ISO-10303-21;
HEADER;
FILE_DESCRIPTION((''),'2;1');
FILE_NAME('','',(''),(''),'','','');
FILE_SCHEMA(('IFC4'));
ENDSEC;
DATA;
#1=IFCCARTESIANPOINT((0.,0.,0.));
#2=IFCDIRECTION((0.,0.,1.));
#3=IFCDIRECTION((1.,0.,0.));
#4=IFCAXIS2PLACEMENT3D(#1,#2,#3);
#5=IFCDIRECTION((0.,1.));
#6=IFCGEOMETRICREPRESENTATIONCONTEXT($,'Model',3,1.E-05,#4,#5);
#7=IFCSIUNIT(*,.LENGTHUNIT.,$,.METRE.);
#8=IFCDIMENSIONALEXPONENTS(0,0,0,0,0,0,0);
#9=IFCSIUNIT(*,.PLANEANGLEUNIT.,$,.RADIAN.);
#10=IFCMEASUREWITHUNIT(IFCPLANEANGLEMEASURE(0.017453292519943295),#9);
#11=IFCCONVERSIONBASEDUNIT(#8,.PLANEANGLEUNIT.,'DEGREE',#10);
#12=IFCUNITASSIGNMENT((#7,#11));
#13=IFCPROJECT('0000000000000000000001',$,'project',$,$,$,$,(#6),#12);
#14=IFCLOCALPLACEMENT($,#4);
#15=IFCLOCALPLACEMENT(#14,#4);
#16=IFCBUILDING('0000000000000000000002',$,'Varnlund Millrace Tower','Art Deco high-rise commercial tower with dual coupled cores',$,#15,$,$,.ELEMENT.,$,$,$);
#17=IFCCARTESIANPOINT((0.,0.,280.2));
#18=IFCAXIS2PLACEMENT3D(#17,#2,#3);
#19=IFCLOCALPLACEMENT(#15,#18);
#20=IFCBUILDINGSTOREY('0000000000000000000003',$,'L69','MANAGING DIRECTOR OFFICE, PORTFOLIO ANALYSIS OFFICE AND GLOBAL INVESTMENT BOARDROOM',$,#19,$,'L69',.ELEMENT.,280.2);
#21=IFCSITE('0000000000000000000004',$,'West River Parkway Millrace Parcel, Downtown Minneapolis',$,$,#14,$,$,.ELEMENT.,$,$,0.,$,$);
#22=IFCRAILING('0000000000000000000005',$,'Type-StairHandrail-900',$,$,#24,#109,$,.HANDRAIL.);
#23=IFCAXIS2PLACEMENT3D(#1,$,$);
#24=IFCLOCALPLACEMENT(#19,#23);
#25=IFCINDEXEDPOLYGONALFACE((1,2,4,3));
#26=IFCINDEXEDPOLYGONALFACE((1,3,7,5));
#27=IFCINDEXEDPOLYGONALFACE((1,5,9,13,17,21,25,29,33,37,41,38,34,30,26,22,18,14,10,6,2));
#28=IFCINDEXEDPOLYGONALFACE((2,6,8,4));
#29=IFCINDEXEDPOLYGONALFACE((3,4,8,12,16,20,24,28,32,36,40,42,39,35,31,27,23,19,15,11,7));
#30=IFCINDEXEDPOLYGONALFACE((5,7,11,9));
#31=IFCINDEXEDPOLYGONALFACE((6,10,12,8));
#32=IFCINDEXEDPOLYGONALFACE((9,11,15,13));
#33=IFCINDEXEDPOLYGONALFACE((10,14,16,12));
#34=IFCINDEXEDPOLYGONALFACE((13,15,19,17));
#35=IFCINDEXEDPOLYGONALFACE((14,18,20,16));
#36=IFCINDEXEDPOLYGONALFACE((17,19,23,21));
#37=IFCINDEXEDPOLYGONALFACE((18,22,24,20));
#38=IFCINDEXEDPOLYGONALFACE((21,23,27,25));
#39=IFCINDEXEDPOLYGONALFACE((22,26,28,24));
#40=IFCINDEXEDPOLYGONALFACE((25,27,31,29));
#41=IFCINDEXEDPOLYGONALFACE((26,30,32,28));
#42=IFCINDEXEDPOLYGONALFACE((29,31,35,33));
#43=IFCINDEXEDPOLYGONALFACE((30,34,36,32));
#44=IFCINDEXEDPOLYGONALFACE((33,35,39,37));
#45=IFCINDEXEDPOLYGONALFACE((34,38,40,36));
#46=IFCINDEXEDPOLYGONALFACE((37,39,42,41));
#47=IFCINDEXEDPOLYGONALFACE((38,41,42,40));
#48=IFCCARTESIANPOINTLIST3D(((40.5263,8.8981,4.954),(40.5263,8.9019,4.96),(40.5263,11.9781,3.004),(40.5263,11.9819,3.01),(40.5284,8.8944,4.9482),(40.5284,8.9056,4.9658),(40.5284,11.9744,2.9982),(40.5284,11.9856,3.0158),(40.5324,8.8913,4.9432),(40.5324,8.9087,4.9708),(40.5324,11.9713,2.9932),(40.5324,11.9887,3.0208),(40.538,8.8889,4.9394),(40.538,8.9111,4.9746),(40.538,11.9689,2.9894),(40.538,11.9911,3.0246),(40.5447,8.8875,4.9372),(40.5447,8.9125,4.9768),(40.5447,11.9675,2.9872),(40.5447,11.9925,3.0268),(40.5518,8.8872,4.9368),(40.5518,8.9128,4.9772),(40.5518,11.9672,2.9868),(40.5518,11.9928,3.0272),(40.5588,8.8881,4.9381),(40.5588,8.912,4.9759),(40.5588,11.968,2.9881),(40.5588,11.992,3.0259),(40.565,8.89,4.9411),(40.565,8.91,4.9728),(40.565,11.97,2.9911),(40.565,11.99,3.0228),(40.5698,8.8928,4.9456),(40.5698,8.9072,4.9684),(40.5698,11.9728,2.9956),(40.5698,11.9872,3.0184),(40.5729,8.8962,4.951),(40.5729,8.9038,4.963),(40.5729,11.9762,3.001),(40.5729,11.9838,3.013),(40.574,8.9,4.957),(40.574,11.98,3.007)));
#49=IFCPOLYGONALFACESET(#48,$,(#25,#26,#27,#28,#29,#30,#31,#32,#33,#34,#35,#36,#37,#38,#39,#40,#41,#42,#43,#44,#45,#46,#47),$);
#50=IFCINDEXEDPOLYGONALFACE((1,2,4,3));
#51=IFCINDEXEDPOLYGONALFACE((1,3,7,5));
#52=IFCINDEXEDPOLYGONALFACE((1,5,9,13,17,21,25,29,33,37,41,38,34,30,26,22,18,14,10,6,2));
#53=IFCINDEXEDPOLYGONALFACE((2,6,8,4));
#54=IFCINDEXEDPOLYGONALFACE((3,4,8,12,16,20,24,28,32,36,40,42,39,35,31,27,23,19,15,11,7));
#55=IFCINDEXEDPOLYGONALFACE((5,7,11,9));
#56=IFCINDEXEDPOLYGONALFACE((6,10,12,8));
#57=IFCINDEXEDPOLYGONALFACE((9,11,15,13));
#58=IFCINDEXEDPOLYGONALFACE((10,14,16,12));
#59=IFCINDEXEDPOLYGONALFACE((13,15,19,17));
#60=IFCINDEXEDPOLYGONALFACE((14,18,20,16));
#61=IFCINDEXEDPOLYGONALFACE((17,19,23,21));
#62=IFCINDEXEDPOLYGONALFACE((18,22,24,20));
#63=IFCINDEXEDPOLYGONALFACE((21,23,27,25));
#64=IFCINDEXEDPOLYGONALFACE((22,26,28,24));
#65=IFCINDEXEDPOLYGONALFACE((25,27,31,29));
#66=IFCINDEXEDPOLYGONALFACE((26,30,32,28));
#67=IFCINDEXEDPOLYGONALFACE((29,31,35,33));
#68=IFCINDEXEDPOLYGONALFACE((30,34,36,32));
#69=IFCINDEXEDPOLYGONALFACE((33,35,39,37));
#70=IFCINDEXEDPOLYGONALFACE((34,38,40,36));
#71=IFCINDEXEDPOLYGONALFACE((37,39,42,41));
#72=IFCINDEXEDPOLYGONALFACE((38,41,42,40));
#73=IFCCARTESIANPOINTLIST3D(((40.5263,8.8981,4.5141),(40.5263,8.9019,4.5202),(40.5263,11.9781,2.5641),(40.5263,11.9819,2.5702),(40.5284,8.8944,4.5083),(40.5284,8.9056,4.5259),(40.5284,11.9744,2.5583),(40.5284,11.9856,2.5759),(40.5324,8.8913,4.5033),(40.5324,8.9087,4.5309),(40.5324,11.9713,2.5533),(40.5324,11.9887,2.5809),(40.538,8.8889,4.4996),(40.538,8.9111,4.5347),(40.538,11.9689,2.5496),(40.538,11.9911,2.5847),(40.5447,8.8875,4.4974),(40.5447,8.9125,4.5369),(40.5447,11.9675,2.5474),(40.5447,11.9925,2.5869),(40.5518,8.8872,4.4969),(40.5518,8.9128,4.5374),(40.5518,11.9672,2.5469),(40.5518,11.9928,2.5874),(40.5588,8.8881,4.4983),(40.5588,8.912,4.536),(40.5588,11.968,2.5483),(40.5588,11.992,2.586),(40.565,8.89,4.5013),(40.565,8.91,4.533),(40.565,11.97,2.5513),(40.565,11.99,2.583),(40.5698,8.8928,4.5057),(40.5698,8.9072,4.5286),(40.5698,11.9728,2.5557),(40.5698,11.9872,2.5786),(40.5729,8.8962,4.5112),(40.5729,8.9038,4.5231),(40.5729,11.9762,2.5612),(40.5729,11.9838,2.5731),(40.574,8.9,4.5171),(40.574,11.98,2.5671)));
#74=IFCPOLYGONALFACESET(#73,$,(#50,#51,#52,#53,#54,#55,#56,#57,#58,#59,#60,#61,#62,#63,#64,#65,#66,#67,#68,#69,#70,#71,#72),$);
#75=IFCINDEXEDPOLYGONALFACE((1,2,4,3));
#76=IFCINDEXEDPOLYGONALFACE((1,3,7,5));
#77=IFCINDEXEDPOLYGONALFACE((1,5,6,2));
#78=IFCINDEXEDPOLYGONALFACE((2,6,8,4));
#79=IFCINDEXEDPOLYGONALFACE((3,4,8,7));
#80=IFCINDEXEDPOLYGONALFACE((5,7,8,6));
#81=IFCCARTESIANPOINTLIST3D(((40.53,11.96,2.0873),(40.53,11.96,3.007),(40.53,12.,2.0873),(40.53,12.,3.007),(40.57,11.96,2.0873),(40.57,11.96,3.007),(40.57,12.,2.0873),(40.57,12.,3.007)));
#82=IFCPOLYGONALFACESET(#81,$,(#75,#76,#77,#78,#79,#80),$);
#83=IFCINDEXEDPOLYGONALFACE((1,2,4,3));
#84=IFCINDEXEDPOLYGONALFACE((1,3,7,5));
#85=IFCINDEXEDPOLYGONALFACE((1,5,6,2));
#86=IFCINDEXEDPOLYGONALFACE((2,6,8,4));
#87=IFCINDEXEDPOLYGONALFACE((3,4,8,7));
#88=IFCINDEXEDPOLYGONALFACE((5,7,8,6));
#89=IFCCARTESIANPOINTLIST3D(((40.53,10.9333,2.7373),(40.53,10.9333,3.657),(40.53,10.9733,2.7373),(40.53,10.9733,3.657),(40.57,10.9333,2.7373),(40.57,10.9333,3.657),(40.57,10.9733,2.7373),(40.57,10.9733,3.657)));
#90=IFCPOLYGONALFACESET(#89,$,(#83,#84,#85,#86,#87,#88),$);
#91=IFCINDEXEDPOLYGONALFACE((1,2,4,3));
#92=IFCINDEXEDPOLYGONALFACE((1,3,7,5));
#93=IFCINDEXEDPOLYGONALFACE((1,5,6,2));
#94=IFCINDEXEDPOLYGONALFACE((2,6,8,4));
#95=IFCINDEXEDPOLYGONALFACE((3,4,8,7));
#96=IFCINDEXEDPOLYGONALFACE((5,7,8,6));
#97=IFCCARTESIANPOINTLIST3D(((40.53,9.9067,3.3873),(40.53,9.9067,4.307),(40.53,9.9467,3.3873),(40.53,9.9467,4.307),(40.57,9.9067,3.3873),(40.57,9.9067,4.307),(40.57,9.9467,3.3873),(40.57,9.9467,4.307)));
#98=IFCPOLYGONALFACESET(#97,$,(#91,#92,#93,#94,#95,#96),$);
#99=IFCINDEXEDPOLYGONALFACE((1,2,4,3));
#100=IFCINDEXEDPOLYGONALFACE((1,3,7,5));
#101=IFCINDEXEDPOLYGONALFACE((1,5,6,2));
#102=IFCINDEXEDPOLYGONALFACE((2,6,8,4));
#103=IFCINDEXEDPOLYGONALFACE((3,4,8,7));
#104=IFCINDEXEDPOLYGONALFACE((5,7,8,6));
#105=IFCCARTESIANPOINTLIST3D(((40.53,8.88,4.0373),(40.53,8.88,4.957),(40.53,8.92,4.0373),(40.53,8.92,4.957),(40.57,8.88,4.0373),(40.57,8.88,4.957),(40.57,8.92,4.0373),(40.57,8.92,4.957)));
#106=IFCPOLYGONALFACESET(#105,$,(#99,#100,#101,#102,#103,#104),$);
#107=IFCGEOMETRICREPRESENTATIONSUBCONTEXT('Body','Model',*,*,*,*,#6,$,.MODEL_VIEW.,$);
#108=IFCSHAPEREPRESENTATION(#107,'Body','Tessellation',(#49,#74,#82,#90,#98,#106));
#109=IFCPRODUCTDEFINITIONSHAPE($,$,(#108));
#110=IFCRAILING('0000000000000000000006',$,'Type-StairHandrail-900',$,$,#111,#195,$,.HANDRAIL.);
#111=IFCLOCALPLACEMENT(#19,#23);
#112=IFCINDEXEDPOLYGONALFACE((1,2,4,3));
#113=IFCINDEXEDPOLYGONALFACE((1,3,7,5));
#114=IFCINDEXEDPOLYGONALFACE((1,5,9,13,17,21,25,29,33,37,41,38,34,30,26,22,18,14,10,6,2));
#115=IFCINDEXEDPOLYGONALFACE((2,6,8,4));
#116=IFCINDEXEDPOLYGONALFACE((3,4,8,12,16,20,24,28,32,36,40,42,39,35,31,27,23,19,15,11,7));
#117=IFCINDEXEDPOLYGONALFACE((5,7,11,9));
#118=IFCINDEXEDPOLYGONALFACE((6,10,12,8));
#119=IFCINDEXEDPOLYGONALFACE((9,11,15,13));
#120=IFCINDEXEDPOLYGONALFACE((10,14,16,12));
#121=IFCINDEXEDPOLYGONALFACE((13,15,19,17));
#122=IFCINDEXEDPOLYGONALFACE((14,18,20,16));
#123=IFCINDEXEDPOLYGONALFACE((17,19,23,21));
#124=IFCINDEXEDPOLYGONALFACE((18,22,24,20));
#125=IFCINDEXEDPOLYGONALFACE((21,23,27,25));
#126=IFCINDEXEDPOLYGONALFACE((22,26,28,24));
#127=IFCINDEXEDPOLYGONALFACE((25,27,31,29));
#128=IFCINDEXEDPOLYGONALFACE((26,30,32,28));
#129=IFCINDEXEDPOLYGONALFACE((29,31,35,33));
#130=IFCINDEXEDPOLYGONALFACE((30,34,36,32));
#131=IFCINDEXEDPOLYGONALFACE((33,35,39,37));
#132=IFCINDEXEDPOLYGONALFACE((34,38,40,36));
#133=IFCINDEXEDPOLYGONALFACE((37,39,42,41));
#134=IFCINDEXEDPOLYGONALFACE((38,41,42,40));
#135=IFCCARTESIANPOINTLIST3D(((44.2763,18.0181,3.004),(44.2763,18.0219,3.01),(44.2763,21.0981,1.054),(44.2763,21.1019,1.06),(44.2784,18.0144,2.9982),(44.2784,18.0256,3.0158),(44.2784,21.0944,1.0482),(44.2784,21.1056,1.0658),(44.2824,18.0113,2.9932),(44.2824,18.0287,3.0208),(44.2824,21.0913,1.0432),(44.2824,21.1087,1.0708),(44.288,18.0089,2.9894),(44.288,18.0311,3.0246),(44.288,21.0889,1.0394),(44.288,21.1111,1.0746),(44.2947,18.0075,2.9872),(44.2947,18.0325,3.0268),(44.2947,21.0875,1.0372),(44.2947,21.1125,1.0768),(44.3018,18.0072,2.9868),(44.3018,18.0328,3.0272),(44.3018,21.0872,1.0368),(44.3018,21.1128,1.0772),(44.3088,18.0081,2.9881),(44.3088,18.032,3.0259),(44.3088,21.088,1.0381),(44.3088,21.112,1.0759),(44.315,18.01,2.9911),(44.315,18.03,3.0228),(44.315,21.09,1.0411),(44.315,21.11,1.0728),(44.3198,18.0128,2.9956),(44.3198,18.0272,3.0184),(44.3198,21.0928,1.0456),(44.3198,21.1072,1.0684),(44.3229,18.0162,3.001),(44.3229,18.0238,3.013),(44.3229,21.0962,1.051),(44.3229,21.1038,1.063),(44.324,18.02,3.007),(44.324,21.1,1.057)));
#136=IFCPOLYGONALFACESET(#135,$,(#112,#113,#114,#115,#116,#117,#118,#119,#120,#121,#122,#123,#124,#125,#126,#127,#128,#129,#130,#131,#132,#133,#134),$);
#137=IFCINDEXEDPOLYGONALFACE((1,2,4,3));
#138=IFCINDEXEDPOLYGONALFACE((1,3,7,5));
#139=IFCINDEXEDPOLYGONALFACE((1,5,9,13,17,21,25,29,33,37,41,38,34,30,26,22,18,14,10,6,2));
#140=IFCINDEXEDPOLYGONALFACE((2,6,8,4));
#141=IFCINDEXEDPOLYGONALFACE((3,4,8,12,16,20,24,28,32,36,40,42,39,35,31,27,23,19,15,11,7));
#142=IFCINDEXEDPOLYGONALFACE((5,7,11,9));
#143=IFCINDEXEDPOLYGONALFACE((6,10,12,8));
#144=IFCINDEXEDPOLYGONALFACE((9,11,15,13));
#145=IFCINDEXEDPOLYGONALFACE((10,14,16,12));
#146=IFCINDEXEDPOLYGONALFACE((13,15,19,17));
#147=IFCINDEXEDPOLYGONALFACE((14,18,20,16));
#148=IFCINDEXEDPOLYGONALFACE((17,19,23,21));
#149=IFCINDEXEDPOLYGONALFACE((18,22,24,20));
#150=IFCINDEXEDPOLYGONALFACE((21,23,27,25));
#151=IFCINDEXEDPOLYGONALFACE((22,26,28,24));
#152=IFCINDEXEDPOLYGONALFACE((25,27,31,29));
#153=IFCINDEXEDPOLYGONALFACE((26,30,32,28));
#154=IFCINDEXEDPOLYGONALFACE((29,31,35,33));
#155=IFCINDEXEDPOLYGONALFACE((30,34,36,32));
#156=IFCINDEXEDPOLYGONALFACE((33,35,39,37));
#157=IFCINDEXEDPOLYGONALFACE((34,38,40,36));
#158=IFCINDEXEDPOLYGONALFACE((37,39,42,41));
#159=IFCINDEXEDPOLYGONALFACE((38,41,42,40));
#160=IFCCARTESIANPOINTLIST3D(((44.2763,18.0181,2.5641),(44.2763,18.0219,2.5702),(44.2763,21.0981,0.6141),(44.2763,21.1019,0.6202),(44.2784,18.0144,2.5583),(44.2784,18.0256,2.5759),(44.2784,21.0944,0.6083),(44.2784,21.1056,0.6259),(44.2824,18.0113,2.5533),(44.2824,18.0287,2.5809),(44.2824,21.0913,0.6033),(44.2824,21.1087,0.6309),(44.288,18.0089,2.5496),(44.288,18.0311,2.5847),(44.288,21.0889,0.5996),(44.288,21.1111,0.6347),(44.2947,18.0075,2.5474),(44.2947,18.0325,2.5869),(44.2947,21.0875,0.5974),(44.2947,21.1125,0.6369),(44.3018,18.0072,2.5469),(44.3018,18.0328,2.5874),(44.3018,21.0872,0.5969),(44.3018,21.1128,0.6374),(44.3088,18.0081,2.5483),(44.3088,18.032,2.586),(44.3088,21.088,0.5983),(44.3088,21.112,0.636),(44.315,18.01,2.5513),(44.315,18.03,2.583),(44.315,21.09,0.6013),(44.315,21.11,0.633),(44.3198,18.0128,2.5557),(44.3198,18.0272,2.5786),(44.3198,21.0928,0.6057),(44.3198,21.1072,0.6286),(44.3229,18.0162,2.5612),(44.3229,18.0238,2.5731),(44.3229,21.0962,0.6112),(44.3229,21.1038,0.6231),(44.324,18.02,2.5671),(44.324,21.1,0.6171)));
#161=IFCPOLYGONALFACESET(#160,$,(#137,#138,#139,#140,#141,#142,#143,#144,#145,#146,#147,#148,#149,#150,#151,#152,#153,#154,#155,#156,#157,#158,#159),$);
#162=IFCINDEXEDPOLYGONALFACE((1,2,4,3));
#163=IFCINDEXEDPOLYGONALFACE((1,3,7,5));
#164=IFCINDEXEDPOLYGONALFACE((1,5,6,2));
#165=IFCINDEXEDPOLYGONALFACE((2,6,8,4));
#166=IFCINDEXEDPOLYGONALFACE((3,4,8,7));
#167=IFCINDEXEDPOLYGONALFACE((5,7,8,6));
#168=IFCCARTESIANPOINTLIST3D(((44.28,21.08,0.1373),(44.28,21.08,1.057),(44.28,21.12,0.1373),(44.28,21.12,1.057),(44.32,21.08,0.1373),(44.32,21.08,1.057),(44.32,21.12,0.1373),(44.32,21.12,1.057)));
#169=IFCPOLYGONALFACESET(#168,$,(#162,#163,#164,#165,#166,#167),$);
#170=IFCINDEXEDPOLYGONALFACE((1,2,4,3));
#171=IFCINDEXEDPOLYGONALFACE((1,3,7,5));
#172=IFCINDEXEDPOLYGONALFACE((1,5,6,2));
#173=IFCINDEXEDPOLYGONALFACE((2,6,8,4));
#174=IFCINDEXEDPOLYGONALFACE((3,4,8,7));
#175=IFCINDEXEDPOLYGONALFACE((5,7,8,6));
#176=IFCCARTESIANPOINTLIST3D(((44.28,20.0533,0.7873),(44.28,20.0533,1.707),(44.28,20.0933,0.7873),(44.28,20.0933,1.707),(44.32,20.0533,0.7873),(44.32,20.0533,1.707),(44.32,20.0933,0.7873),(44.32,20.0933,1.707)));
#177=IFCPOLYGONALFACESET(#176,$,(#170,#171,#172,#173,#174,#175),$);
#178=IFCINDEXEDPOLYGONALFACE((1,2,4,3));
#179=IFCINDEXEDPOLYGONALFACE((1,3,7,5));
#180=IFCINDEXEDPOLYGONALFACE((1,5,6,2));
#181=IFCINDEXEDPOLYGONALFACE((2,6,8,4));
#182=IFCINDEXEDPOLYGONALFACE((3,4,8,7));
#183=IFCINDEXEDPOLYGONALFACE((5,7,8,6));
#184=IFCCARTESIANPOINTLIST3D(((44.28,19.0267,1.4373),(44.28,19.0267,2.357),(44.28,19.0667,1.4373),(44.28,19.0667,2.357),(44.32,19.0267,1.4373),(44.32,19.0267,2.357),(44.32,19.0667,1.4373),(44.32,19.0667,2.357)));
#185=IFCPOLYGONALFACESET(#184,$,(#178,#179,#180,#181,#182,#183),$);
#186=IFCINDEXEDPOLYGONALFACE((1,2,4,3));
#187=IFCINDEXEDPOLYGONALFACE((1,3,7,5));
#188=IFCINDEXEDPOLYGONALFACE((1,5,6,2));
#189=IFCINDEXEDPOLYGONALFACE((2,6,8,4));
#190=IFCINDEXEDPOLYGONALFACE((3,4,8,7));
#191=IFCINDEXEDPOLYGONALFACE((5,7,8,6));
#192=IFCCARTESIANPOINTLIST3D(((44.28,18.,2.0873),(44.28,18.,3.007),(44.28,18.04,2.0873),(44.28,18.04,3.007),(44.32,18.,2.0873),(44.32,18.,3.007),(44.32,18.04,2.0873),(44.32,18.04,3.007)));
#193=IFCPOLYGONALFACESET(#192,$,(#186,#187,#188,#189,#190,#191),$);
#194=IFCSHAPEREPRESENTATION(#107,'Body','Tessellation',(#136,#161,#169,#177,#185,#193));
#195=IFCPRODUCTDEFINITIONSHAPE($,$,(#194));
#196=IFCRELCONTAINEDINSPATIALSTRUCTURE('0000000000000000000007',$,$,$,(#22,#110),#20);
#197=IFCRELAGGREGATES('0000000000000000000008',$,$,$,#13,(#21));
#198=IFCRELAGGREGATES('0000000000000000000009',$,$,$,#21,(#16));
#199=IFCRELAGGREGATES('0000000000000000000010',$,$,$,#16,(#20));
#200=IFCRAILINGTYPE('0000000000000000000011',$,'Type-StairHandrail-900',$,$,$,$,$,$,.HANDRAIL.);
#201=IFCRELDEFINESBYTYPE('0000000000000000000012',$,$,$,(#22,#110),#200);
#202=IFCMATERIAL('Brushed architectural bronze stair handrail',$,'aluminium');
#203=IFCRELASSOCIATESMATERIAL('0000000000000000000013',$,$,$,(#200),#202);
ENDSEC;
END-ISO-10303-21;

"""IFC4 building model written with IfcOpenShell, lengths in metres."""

from ifc_helpers import new_model, entity, si_unit, converted_unit, direction, frame, origin_with_axes, origin_2d_with_axis, place, context, subcontext, project, spatial, rectangle, circle, extrude, material, type_object, element, save


model = new_model("IFC4")

# Units and contexts
model_context = context("Model", 3, precision=1e-05, world=origin_with_axes(), true_north=direction((0.0, 1.0)))
body_context = subcontext(model_context, "Body", "Model", "MODEL_VIEW")
ifc_project = project(units=[si_unit("LENGTHUNIT", "METRE"), converted_unit("PLANEANGLEUNIT", "DEGREE", entity("IfcPlaneAngleMeasure", 0.017453292519943295), si_unit("PLANEANGLEUNIT", "RADIAN"), dimensions=[0, 0, 0, 0, 0, 0, 0])], contexts=[model_context])

# Site, building, storey
site_placement = place(None, origin_with_axes())
site = spatial("IfcSite", under=ifc_project, at=site_placement, Name="West River Parkway Millrace Parcel, Downtown Minneapolis", CompositionType="ELEMENT", RefElevation=0.0)
building_placement = place(site_placement, origin_with_axes())
building = spatial("IfcBuilding", under=site, at=building_placement, Name="Varnlund Millrace Tower", Description="Art Deco high-rise commercial tower with dual coupled cores", CompositionType="ELEMENT")
storey_placement = place(building_placement, frame((0.0, 0.0, 280.2), z_axis=(0.0, 0.0, 1.0), x_axis=(1.0, 0.0, 0.0)))
storey = spatial("IfcBuildingStorey", under=building, at=storey_placement, Name="L69", Description="MANAGING DIRECTOR OFFICE, PORTFOLIO ANALYSIS OFFICE AND GLOBAL INVESTMENT BOARDROOM", LongName="L69", CompositionType="ELEMENT", Elevation=280.2)

# Railings
ifc_material_1 = material(Name="Brushed architectural bronze stair handrail", Category="aluminium")
railing_type_1 = type_object("IfcRailingType", Name="Type-StairHandrail-900", PredefinedType="HANDRAIL", material=ifc_material_1)
railing_1_placement = place(storey_placement, frame((0.0, 0.0, -280.2), z_axis=(0.0, 0.0, 1.0), x_axis=(1.0, 0.0, 0.0)))
element("IfcRailing", 1, at=railing_1_placement, inside=storey, type_object=railing_type_1, Name="Type-StairHandrail-900", PredefinedType="HANDRAIL", context=body_context, shape_type="SweptSolid", body=[
    extrude(circle(Radius=0.024, at=origin_2d_with_axis()), frame((40.55, 11.98, 283.207), z_axis=(0.0, -0.844902, 0.534922), x_axis=(1.0, 0.0, 0.0)), (0.0, 0.0, 1.0), 3.6454),
    extrude(circle(Radius=0.024, at=origin_2d_with_axis()), frame((40.55, 11.98, 282.7671), z_axis=(0.0, -0.844902, 0.534922), x_axis=(1.0, 0.0, 0.0)), (0.0, 0.0, 1.0), 3.6454),
    extrude(rectangle(XDim=0.04, YDim=0.04, at=origin_2d_with_axis()), frame((40.55, 11.98, 282.2873), z_axis=(0.0, 0.0, 1.0), x_axis=(1.0, 0.0, 0.0)), (0.0, 0.0, 1.0), 0.9197),
    extrude(rectangle(XDim=0.04, YDim=0.04, at=origin_2d_with_axis()), frame((40.55, 10.9533, 282.9373), z_axis=(0.0, 0.0, 1.0), x_axis=(1.0, 0.0, 0.0)), (0.0, 0.0, 1.0), 0.9197),
    extrude(rectangle(XDim=0.04, YDim=0.04, at=origin_2d_with_axis()), frame((40.55, 9.9267, 283.5873), z_axis=(0.0, 0.0, 1.0), x_axis=(1.0, 0.0, 0.0)), (0.0, 0.0, 1.0), 0.9197),
    extrude(rectangle(XDim=0.04, YDim=0.04, at=origin_2d_with_axis()), frame((40.55, 8.9, 284.2373), z_axis=(0.0, 0.0, 1.0), x_axis=(1.0, 0.0, 0.0)), (0.0, 0.0, 1.0), 0.9197),
])
railing_2_placement = place(storey_placement, frame((0.0, 0.0, -280.2), z_axis=(0.0, 0.0, 1.0), x_axis=(1.0, 0.0, 0.0)))
element("IfcRailing", 2, at=railing_2_placement, inside=storey, type_object=railing_type_1, Name="Type-StairHandrail-900", PredefinedType="HANDRAIL", context=body_context, shape_type="SweptSolid", body=[
    extrude(circle(Radius=0.024, at=origin_2d_with_axis()), frame((44.3, 21.1, 281.257), z_axis=(0.0, -0.844902, 0.534922), x_axis=(1.0, 0.0, 0.0)), (0.0, 0.0, 1.0), 3.6454),
    extrude(circle(Radius=0.024, at=origin_2d_with_axis()), frame((44.3, 21.1, 280.8171), z_axis=(0.0, -0.844902, 0.534922), x_axis=(1.0, 0.0, 0.0)), (0.0, 0.0, 1.0), 3.6454),
    extrude(rectangle(XDim=0.04, YDim=0.04, at=origin_2d_with_axis()), frame((44.3, 21.1, 280.3373), z_axis=(0.0, 0.0, 1.0), x_axis=(1.0, 0.0, 0.0)), (0.0, 0.0, 1.0), 0.9197),
    extrude(rectangle(XDim=0.04, YDim=0.04, at=origin_2d_with_axis()), frame((44.3, 20.0733, 280.9873), z_axis=(0.0, 0.0, 1.0), x_axis=(1.0, 0.0, 0.0)), (0.0, 0.0, 1.0), 0.9197),
    extrude(rectangle(XDim=0.04, YDim=0.04, at=origin_2d_with_axis()), frame((44.3, 19.0467, 281.6373), z_axis=(0.0, 0.0, 1.0), x_axis=(1.0, 0.0, 0.0)), (0.0, 0.0, 1.0), 0.9197),
    extrude(rectangle(XDim=0.04, YDim=0.04, at=origin_2d_with_axis()), frame((44.3, 18.02, 282.2873), z_axis=(0.0, 0.0, 1.0), x_axis=(1.0, 0.0, 0.0)), (0.0, 0.0, 1.0), 0.9197),
])

save(model, "model.ifc")
